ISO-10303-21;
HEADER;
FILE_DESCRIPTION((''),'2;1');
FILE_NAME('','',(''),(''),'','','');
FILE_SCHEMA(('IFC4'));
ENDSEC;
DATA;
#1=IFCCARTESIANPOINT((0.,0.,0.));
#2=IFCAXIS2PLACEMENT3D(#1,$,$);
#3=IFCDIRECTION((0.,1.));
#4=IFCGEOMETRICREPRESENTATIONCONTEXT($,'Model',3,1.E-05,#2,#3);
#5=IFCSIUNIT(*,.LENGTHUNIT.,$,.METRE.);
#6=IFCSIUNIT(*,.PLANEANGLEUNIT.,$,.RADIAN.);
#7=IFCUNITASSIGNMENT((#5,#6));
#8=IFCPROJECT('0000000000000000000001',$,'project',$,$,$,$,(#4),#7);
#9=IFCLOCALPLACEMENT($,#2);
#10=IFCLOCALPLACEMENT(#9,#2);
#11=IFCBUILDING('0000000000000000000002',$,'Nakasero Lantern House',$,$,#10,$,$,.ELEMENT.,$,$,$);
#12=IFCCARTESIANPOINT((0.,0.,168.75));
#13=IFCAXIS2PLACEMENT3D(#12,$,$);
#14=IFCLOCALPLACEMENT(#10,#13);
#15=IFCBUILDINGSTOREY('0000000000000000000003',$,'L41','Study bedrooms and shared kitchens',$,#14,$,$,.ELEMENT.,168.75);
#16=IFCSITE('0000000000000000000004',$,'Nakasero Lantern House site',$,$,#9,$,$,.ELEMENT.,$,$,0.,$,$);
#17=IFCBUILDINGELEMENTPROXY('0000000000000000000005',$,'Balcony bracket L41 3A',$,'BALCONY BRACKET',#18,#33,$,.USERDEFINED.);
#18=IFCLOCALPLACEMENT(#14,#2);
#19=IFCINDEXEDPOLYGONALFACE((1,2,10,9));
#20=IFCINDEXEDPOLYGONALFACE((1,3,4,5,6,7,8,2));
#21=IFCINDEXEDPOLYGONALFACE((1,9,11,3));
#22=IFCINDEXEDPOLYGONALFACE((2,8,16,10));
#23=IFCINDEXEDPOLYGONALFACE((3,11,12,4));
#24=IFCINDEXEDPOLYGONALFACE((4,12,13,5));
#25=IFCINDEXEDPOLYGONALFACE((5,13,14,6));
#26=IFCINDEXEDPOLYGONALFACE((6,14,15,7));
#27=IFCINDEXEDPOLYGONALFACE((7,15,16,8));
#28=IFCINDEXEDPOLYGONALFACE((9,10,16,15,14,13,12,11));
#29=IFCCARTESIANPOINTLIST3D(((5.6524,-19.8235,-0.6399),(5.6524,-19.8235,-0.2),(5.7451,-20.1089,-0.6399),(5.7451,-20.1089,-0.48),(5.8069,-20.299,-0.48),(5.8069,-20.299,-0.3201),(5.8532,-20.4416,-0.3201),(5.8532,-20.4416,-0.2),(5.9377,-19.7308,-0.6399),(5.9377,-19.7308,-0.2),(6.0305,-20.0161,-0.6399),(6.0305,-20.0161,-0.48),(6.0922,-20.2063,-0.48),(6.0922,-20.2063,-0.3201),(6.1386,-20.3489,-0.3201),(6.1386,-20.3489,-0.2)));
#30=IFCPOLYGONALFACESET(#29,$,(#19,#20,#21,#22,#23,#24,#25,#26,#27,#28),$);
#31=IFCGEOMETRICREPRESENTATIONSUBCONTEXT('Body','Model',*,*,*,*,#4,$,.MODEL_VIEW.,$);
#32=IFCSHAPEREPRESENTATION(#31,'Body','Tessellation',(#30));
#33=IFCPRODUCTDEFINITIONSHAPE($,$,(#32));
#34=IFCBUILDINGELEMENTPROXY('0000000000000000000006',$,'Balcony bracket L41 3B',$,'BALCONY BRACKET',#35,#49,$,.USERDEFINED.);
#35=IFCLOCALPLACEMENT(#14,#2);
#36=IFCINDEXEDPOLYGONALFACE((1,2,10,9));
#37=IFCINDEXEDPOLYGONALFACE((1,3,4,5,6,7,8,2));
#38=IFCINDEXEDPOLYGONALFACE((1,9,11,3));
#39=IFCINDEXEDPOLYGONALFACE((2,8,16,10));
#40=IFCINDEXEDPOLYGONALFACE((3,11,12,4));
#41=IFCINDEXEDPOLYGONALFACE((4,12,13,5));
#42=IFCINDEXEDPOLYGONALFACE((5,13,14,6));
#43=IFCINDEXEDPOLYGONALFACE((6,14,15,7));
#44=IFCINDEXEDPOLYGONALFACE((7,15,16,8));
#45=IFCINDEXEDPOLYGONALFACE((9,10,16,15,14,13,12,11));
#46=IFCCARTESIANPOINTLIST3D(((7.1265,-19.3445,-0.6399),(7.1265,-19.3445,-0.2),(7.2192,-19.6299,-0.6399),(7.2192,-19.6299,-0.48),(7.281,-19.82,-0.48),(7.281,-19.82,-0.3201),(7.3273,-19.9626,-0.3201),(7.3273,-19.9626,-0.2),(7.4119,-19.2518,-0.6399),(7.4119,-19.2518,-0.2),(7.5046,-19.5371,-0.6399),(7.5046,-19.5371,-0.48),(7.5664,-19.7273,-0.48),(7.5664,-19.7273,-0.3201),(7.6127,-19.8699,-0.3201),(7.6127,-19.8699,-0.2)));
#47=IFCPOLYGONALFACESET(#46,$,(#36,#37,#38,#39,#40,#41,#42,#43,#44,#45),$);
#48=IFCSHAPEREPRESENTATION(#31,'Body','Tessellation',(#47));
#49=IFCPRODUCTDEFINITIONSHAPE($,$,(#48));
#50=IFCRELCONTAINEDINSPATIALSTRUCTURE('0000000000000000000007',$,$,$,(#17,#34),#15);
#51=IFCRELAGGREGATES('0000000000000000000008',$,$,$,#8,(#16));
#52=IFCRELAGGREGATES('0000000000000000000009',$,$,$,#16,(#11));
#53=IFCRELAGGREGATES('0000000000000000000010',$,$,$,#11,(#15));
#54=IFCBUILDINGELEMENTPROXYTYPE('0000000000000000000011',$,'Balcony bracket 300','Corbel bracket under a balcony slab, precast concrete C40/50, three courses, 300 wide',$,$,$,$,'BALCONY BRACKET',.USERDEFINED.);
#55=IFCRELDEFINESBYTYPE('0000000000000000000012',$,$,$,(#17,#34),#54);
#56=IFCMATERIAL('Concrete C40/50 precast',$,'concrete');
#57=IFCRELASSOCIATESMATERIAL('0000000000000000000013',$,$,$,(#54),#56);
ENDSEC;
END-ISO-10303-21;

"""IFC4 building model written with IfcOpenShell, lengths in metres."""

from ifc_helpers import new_model, si_unit, direction, frame, origin, place, context, subcontext, project, spatial, polyline, outline, extrude, material, type_object, element, save


model = new_model("IFC4")

# Units and contexts
model_context = context("Model", 3, precision=1e-05, world=origin(), true_north=direction((0.0, 1.0)))
body_context = subcontext(model_context, "Body", "Model", "MODEL_VIEW")
ifc_project = project(units=[si_unit("LENGTHUNIT", "METRE"), si_unit("PLANEANGLEUNIT", "RADIAN")], contexts=[model_context])

# Site, building, storey
site_placement = place(None, origin())
site = spatial("IfcSite", under=ifc_project, at=site_placement, Name="Nakasero Lantern House site", CompositionType="ELEMENT", RefElevation=0.0)
building_placement = place(site_placement, origin())
building = spatial("IfcBuilding", under=site, at=building_placement, Name="Nakasero Lantern House", CompositionType="ELEMENT")
storey_placement = place(building_placement, frame((0.0, 0.0, 168.75)))
storey = spatial("IfcBuildingStorey", under=building, at=storey_placement, Name="L41", Description="Study bedrooms and shared kitchens", CompositionType="ELEMENT", Elevation=168.75)

# Building element proxies
ifc_material_1 = material(Name="Concrete C40/50 precast", Category="concrete")
building_element_proxy_type = type_object("IfcBuildingElementProxyType", Name="Balcony bracket 300", Description="Corbel bracket under a balcony slab, precast concrete C40/50, three courses, 300 wide", ElementType="BALCONY BRACKET", PredefinedType="USERDEFINED", material=ifc_material_1)
for number, where, z_axis, x_axis, name in (
    (1, (5.7952, -19.7771, -0.2), (0.0, 0.0, 1.0), (0.309017, -0.951057, 0.0), "Balcony bracket L41 3A"),
    (2, (7.2693, -19.2981, -0.2), (0.0, 0.0, 1.0), (0.309017, -0.951057, 0.0), "Balcony bracket L41 3B"),
):
    element("IfcBuildingElementProxy", number, at=place(storey_placement, frame(where, z_axis=z_axis, x_axis=x_axis)), inside=storey, type_object=building_element_proxy_type, Name=name, ObjectType="BALCONY BRACKET", PredefinedType="USERDEFINED", context=body_context, shape_type="SweptSolid", body=[
        extrude(outline(polyline([(0.0, 0.0), (0.6499, 0.0), (0.6499, -0.1201), (0.5, -0.1201), (0.5, -0.28), (0.3, -0.28), (0.3, -0.4399), (0.0, -0.4399), (0.0, 0.0)])), frame((0.0, 0.1499, 0.0), z_axis=(0.0, -1.0, 0.0), x_axis=(1.0, 0.0, 0.0)), (0.0, 0.0, 1.0), 0.3),
    ])

save(model, "model.ifc")
